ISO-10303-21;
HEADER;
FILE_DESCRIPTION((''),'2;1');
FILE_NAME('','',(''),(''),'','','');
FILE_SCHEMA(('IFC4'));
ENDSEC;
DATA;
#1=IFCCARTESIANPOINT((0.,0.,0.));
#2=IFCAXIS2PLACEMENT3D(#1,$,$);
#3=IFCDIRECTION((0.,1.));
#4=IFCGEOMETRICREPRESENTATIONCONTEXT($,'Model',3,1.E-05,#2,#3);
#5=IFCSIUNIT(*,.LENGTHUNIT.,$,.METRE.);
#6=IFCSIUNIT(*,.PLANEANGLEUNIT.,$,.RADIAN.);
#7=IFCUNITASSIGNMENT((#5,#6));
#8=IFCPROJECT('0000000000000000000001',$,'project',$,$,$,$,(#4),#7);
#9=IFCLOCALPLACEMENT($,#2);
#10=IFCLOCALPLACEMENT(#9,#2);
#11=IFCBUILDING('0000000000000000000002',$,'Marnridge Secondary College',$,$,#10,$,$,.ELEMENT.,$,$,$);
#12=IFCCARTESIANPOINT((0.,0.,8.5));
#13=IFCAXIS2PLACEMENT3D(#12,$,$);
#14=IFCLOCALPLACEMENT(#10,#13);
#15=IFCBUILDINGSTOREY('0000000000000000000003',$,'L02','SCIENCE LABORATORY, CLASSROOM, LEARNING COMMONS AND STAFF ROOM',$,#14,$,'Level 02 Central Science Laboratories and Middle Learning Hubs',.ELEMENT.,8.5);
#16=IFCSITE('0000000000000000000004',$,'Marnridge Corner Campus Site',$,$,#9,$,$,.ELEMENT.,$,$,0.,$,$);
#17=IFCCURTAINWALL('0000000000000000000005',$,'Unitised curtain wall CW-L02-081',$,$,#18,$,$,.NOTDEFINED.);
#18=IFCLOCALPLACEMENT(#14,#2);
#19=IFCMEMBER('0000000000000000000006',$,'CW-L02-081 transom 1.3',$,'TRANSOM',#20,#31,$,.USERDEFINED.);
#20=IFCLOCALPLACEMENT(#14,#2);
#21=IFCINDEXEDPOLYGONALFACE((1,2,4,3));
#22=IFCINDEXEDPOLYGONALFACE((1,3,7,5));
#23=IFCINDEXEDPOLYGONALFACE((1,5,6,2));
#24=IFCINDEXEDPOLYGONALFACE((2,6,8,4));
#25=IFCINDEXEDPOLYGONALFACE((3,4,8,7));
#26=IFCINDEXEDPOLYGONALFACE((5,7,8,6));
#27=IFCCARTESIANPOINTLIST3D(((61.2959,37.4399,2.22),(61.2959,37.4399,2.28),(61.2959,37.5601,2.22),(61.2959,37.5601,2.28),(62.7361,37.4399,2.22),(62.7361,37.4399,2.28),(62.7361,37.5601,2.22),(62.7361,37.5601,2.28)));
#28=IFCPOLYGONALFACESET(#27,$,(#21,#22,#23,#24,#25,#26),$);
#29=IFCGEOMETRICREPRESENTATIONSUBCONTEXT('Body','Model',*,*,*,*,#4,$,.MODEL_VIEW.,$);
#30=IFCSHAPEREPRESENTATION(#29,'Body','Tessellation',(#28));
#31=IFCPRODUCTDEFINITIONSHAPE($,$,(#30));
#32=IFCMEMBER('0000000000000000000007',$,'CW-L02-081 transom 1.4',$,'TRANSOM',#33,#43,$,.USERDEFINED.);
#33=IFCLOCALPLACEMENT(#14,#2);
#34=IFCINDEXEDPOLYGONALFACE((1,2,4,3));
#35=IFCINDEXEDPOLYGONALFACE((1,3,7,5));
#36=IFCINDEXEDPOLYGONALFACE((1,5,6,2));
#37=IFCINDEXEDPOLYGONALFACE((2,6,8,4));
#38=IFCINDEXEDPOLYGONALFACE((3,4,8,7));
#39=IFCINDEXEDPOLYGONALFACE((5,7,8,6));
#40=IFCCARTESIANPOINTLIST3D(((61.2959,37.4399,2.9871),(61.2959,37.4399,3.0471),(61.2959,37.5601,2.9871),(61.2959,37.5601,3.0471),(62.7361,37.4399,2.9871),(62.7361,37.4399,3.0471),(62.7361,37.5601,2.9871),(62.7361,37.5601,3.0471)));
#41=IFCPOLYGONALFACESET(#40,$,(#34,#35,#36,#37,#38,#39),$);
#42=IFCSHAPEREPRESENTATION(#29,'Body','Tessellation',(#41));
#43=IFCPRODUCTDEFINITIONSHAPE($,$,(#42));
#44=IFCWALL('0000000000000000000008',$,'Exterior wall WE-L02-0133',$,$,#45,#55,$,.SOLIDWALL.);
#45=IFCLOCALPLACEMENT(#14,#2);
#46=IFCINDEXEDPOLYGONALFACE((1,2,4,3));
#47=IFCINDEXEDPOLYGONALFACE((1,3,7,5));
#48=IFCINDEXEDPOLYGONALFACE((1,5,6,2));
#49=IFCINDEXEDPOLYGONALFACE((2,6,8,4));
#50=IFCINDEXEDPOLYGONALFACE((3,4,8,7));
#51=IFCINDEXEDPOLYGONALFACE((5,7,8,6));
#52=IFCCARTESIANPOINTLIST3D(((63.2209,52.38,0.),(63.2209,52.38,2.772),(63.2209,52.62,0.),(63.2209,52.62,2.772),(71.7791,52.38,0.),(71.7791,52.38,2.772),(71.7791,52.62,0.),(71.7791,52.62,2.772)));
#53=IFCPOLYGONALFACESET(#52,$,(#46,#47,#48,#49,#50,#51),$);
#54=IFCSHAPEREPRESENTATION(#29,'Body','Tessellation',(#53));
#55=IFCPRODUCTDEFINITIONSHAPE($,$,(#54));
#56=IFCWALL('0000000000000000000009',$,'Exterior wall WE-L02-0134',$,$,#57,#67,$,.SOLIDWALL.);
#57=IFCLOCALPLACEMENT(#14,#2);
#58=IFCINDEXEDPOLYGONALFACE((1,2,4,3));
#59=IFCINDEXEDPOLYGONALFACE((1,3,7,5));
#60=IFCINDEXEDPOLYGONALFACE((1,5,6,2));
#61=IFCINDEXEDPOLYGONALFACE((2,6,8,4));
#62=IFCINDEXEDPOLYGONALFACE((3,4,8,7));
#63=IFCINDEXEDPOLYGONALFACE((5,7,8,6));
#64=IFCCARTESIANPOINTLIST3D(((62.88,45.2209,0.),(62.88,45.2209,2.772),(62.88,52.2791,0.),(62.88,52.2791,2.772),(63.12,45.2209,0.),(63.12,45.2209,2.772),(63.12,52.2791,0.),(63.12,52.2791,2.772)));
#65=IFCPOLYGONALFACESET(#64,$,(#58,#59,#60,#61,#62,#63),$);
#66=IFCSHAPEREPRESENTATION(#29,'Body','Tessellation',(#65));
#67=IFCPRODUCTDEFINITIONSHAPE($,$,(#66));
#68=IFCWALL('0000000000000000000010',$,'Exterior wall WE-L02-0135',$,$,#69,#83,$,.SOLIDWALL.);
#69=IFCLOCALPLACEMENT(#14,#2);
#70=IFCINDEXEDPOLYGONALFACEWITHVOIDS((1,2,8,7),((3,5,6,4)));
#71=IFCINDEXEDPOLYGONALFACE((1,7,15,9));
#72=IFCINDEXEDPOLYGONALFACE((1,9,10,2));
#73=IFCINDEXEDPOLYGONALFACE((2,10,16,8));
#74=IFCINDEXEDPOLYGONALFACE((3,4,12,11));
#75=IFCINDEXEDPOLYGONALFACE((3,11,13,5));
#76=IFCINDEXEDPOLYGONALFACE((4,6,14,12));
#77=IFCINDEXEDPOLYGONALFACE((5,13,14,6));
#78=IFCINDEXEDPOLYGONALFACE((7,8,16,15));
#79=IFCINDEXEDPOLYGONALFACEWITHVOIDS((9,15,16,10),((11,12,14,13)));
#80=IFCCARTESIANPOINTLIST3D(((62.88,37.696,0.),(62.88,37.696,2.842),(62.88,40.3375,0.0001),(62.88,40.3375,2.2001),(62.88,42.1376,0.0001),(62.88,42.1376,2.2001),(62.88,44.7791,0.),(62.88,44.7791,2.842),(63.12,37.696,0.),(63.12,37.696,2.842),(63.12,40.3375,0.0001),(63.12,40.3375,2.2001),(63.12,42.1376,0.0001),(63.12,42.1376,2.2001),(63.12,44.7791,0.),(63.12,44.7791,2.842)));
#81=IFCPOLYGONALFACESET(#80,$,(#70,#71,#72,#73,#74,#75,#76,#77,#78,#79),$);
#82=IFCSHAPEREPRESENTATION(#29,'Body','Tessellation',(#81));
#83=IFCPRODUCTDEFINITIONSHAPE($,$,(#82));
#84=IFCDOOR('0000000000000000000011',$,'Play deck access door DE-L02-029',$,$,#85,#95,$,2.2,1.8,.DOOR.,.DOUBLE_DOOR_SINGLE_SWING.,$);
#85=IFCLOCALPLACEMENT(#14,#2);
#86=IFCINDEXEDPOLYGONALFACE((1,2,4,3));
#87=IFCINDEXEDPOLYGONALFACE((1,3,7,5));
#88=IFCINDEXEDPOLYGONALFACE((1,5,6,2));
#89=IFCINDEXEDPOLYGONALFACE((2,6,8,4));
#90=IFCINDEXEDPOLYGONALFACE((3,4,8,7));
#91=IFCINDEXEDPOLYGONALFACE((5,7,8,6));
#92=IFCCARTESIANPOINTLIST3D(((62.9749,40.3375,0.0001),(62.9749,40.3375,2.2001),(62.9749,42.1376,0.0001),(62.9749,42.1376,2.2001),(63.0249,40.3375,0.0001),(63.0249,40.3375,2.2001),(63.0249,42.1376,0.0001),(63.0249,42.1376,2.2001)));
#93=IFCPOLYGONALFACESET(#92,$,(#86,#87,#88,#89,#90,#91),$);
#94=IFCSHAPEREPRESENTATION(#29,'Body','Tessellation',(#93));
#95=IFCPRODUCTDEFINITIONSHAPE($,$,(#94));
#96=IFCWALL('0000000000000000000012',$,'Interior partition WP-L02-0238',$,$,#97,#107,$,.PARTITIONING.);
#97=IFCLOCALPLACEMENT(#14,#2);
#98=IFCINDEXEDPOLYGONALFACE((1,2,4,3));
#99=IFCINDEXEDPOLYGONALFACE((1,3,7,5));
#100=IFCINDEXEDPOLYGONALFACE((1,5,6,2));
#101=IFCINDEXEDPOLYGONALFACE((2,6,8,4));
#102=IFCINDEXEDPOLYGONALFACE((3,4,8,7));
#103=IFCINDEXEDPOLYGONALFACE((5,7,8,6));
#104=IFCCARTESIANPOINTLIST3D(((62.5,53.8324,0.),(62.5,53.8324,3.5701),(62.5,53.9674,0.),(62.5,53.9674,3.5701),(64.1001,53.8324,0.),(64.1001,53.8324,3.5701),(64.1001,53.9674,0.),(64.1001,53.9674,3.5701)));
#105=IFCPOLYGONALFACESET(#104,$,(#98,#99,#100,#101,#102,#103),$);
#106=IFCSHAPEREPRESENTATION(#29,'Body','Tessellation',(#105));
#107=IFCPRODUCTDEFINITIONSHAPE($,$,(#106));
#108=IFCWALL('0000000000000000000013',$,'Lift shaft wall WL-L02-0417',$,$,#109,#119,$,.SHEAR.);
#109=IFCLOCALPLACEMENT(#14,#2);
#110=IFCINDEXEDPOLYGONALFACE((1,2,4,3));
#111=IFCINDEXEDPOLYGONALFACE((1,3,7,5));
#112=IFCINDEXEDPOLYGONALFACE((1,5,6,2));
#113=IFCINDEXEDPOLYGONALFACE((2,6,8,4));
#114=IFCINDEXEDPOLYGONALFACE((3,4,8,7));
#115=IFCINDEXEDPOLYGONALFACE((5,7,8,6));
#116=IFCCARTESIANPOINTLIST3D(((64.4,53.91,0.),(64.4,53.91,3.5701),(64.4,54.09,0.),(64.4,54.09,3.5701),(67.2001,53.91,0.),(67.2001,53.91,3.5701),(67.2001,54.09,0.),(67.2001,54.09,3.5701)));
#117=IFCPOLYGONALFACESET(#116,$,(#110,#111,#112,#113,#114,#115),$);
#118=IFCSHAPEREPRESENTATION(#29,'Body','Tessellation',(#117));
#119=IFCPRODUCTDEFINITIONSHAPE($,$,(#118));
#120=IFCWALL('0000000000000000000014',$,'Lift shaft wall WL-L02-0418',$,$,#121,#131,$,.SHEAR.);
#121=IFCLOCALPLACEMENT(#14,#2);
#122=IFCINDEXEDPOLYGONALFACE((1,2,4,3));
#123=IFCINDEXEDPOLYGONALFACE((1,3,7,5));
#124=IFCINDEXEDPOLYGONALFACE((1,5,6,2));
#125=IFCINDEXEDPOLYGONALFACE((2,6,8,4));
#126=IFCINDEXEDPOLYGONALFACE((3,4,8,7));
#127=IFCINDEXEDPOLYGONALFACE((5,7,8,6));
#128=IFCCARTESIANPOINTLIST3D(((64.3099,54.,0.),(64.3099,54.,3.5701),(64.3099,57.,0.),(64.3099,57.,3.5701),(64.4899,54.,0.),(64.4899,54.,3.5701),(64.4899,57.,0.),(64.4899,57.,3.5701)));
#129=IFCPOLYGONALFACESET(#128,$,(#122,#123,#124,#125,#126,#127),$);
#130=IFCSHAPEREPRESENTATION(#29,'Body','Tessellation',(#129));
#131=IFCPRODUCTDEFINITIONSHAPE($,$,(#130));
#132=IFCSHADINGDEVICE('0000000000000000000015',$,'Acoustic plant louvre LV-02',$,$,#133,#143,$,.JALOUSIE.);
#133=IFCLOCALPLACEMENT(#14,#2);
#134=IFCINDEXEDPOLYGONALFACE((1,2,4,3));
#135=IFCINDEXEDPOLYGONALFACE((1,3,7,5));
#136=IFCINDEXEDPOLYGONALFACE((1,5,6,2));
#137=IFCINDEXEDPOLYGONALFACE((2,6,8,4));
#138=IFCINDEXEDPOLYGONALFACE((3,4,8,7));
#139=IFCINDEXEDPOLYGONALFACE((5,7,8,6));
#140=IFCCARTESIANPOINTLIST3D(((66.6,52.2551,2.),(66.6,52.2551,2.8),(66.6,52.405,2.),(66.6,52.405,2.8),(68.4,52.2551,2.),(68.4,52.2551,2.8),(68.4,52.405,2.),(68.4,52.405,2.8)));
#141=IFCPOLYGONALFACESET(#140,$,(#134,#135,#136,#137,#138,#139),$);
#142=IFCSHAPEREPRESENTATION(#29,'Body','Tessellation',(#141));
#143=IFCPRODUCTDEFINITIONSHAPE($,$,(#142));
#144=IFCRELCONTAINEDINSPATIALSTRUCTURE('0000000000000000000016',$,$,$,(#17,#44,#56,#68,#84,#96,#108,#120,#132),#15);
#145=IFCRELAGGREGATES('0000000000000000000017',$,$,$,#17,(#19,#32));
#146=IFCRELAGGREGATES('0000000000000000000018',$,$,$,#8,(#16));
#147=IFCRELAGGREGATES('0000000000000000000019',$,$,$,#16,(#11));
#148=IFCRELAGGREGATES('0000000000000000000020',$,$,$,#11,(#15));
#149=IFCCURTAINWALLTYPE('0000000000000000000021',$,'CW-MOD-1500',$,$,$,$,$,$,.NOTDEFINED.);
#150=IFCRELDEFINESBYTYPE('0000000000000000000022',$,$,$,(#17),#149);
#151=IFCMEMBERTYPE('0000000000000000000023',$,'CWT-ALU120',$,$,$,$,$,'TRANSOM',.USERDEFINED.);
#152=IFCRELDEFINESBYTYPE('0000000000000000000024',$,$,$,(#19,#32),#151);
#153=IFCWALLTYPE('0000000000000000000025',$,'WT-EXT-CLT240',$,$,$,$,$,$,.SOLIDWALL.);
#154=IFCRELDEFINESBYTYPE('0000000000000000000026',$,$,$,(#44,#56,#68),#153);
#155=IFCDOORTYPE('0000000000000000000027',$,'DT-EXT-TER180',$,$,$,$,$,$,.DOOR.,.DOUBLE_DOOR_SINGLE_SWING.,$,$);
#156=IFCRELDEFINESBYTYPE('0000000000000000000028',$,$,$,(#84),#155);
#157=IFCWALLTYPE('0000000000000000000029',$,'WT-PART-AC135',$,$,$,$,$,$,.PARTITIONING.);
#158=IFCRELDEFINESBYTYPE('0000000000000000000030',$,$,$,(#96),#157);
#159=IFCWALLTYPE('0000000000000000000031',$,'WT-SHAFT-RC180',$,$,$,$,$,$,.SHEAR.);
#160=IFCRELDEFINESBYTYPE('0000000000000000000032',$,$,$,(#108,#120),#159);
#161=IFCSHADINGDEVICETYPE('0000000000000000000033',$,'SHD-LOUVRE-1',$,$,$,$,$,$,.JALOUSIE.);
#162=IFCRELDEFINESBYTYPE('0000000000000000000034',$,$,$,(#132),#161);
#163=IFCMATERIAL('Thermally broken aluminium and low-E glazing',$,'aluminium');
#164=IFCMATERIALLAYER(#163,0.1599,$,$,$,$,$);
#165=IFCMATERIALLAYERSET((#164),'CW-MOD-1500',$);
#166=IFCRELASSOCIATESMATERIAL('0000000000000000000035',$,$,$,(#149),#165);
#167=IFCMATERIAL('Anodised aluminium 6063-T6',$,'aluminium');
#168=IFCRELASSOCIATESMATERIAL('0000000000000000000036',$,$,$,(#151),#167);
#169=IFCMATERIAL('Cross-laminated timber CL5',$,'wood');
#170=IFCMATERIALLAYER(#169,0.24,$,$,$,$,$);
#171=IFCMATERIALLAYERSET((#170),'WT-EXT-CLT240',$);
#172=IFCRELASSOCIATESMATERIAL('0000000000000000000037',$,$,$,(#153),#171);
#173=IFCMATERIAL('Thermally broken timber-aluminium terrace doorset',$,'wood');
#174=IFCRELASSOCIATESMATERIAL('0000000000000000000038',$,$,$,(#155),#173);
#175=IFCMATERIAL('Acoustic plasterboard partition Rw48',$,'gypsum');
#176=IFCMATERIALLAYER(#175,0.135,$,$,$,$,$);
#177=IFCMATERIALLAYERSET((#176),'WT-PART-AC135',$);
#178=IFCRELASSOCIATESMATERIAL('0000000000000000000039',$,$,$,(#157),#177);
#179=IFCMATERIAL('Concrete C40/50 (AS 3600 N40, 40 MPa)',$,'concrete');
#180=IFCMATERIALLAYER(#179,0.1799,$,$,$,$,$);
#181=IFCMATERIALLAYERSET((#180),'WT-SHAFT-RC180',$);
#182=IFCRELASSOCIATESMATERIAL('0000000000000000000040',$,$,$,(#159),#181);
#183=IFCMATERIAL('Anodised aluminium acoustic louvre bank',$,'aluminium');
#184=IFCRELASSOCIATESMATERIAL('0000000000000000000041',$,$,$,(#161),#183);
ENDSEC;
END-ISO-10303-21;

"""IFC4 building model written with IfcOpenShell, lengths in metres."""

from ifc_helpers import new_model, si_unit, direction, frame, frame_2d, origin, origin_2d, place, context, subcontext, project, spatial, rectangle, extrude, material, layer, layer_set, material_profile, profile_set, type_object, element, fill, aggregate, save


model = new_model("IFC4")

# Units and contexts
model_context = context("Model", 3, precision=1e-05, world=origin(), true_north=direction((0.0, 1.0)))
body_context = subcontext(model_context, "Body", "Model", "MODEL_VIEW")
ifc_project = project(units=[si_unit("LENGTHUNIT", "METRE"), si_unit("PLANEANGLEUNIT", "RADIAN")], contexts=[model_context])

# Site, building, storey
site_placement = place(None, origin())
site = spatial("IfcSite", under=ifc_project, at=site_placement, Name="Marnridge Corner Campus Site", CompositionType="ELEMENT", RefElevation=0.0)
building_placement = place(site_placement, origin())
building = spatial("IfcBuilding", under=site, at=building_placement, Name="Marnridge Secondary College", CompositionType="ELEMENT")
storey_placement = place(building_placement, frame((0.0, 0.0, 8.5)))
storey = spatial("IfcBuildingStorey", under=building, at=storey_placement, Name="L02", Description="SCIENCE LABORATORY, CLASSROOM, LEARNING COMMONS AND STAFF ROOM", LongName="Level 02 Central Science Laboratories and Middle Learning Hubs", CompositionType="ELEMENT", Elevation=8.5)

# Curtain wall, members
ifc_material_1 = material(Name="Thermally broken aluminium and low-E glazing", Category="aluminium")
ifc_layer_1 = layer(ifc_material_1, 0.1599)
ifc_layer_set_1 = layer_set([ifc_layer_1], Name="CW-MOD-1500")
curtain_wall_type = type_object("IfcCurtainWallType", Name="CW-MOD-1500", PredefinedType="NOTDEFINED", material=ifc_layer_set_1)
curtain_wall_placement = place(storey_placement, origin())
curtain_wall = element("IfcCurtainWall", 1, at=curtain_wall_placement, inside=storey, type_object=curtain_wall_type, Name="Unitised curtain wall CW-L02-081", PredefinedType="NOTDEFINED")
ifc_material_2 = material(Name="Anodised aluminium 6063-T6", Category="aluminium")
ifc_material_profile_1 = material_profile(ifc_material_2, rectangle(XDim=0.0601, YDim=0.1201, at=origin_2d()), Name="ALU 60x120")
ifc_profile_set_1 = profile_set([ifc_material_profile_1], Name="Anodised aluminium 6063-T6")
member_type_1 = type_object("IfcMemberType", Name="CWT-ALU120", ElementType="TRANSOM", PredefinedType="USERDEFINED", material=ifc_profile_set_1)
member_1_placement = place(storey_placement, frame((62.7361, 37.5, 2.25), z_axis=(-1.0, 0.0, 0.0), x_axis=(0.0, 0.0, 1.0)))
member_1 = element("IfcMember", 2, at=member_1_placement, type_object=member_type_1, Name="CW-L02-081 transom 1.3", ObjectType="TRANSOM", PredefinedType="USERDEFINED", context=body_context, shape_type="SweptSolid", body=[
    extrude(rectangle(XDim=0.0601, YDim=0.1201, at=origin_2d()), origin(), (0.0, 0.0, 1.0), 1.4402),
])
member_2_placement = place(storey_placement, frame((62.7361, 37.5, 3.0171), z_axis=(-1.0, 0.0, 0.0), x_axis=(0.0, 0.0, 1.0)))
member_2 = element("IfcMember", 3, at=member_2_placement, type_object=member_type_1, Name="CW-L02-081 transom 1.4", ObjectType="TRANSOM", PredefinedType="USERDEFINED", context=body_context, shape_type="SweptSolid", body=[
    extrude(rectangle(XDim=0.0601, YDim=0.1201, at=origin_2d()), origin(), (0.0, 0.0, 1.0), 1.4402),
])
aggregate(curtain_wall, [member_1, member_2])

# Walls
ifc_material_3 = material(Name="Cross-laminated timber CL5", Category="wood")
ifc_layer_2 = layer(ifc_material_3, 0.24)
ifc_layer_set_2 = layer_set([ifc_layer_2], Name="WT-EXT-CLT240")
wall_type_1 = type_object("IfcWallType", Name="WT-EXT-CLT240", PredefinedType="SOLIDWALL", material=ifc_layer_set_2)
wall_1_placement = place(storey_placement, frame((71.7791, 52.5, 0.0), z_axis=(0.0, 0.0, 1.0), x_axis=(-1.0, 0.0, 0.0)))
element("IfcWall", 4, at=wall_1_placement, inside=storey, type_object=wall_type_1, Name="Exterior wall WE-L02-0133", PredefinedType="SOLIDWALL", context=body_context, shape_type="SweptSolid", body=[
    extrude(rectangle(XDim=8.5581, YDim=0.24, at=frame_2d((4.2791, 0.0))), origin(), (0.0, 0.0, 1.0), 2.772),
])
wall_2_placement = place(storey_placement, frame((63.0, 52.2791, 0.0), z_axis=(0.0, 0.0, 1.0), x_axis=(0.0, -1.0, 0.0)))
element("IfcWall", 5, at=wall_2_placement, inside=storey, type_object=wall_type_1, Name="Exterior wall WE-L02-0134", PredefinedType="SOLIDWALL", context=body_context, shape_type="SweptSolid", body=[
    extrude(rectangle(XDim=7.0581, YDim=0.24, at=frame_2d((3.5291, 0.0))), origin(), (0.0, 0.0, 1.0), 2.772),
])

# Wall, opening, door
wall_3_placement = place(storey_placement, frame((63.0, 44.7791, 0.0), z_axis=(0.0, 0.0, 1.0), x_axis=(0.0, -1.0, 0.0)))
wall_3 = element("IfcWall", 6, at=wall_3_placement, inside=storey, type_object=wall_type_1, Name="Exterior wall WE-L02-0135", PredefinedType="SOLIDWALL", context=body_context, shape_type="SweptSolid", body=[
    extrude(rectangle(XDim=7.083, YDim=0.24, at=frame_2d((3.5415, 0.0))), origin(), (0.0, 0.0, 1.0), 2.842),
])
opening_placement = place(wall_3_placement, frame((2.6416, 0.0, 0.0)))
opening = element("IfcOpeningElement", 7, at=opening_placement, cuts=wall_3, PredefinedType="OPENING", context=body_context, shape_type="SweptSolid", body=[
    extrude(rectangle(XDim=1.8, YDim=2.2, at=frame_2d((0.8999, 1.1001))), frame((0.0, 0.1299, 0.0), z_axis=(0.0, -1.0, 0.0), x_axis=(1.0, 0.0, 0.0)), (0.0, 0.0, 1.0), 0.26),
])
ifc_material_4 = material(Name="Thermally broken timber-aluminium terrace doorset", Category="wood")
door_type = type_object("IfcDoorType", Name="DT-EXT-TER180", OperationType="DOUBLE_DOOR_SINGLE_SWING", PredefinedType="DOOR", material=ifc_material_4)
door_placement = place(opening_placement, origin())
door = element("IfcDoor", 8, at=door_placement, inside=storey, type_object=door_type, Name="Play deck access door DE-L02-029", OperationType="DOUBLE_DOOR_SINGLE_SWING", OverallHeight=2.2, OverallWidth=1.8, PredefinedType="DOOR", context=body_context, shape_type="SweptSolid", body=[
    extrude(rectangle(XDim=1.8, YDim=2.2, at=frame_2d((0.8999, 1.1001))), frame((0.0, 0.0249, 0.0), z_axis=(0.0, -1.0, 0.0), x_axis=(1.0, 0.0, 0.0)), (0.0, 0.0, 1.0), 0.05),
])
fill(opening, door)

# Walls
ifc_material_5 = material(Name="Acoustic plasterboard partition Rw48", Category="gypsum")
ifc_layer_3 = layer(ifc_material_5, 0.135)
ifc_layer_set_3 = layer_set([ifc_layer_3], Name="WT-PART-AC135")
wall_type_2 = type_object("IfcWallType", Name="WT-PART-AC135", PredefinedType="PARTITIONING", material=ifc_layer_set_3)
wall_4_placement = place(storey_placement, frame((64.1001, 53.8999, 0.0), z_axis=(0.0, 0.0, 1.0), x_axis=(-1.0, 0.0, 0.0)))
element("IfcWall", 9, at=wall_4_placement, inside=storey, type_object=wall_type_2, Name="Interior partition WP-L02-0238", PredefinedType="PARTITIONING", context=body_context, shape_type="SweptSolid", body=[
    extrude(rectangle(XDim=1.6001, YDim=0.135, at=frame_2d((0.8, 0.0))), origin(), (0.0, 0.0, 1.0), 3.5701),
])
ifc_material_6 = material(Name="Concrete C40/50 (AS 3600 N40, 40 MPa)", Category="concrete")
ifc_layer_4 = layer(ifc_material_6, 0.1799)
ifc_layer_set_4 = layer_set([ifc_layer_4], Name="WT-SHAFT-RC180")
wall_type_3 = type_object("IfcWallType", Name="WT-SHAFT-RC180", PredefinedType="SHEAR", material=ifc_layer_set_4)
wall_5_placement = place(storey_placement, frame((67.2, 54.0, 0.0), z_axis=(0.0, 0.0, 1.0), x_axis=(-1.0, 0.0, 0.0)))
element("IfcWall", 10, at=wall_5_placement, inside=storey, type_object=wall_type_3, Name="Lift shaft wall WL-L02-0417", PredefinedType="SHEAR", context=body_context, shape_type="SweptSolid", body=[
    extrude(rectangle(XDim=2.8, YDim=0.1799, at=frame_2d((1.3999, 0.0))), origin(), (0.0, 0.0, 1.0), 3.5701),
])
wall_6_placement = place(storey_placement, frame((64.3999, 54.0, 0.0), z_axis=(0.0, 0.0, 1.0), x_axis=(0.0, 1.0, 0.0)))
element("IfcWall", 11, at=wall_6_placement, inside=storey, type_object=wall_type_3, Name="Lift shaft wall WL-L02-0418", PredefinedType="SHEAR", context=body_context, shape_type="SweptSolid", body=[
    extrude(rectangle(XDim=3.0, YDim=0.1799, at=frame_2d((1.5, 0.0))), origin(), (0.0, 0.0, 1.0), 3.5701),
])

# Shading device
ifc_material_7 = material(Name="Anodised aluminium acoustic louvre bank", Category="aluminium")
shading_device_type = type_object("IfcShadingDeviceType", Name="SHD-LOUVRE-1", PredefinedType="JALOUSIE", material=ifc_material_7)
shading_device_placement = place(storey_placement, frame((67.5, 52.3301, 2.0), z_axis=(0.0, 0.0, 1.0), x_axis=(1.0, 0.0, 0.0)))
element("IfcShadingDevice", 12, at=shading_device_placement, inside=storey, type_object=shading_device_type, Name="Acoustic plant louvre LV-02", PredefinedType="JALOUSIE", context=body_context, shape_type="SweptSolid", body=[
    extrude(rectangle(XDim=1.8, YDim=0.1499, at=origin_2d()), origin(), (0.0, 0.0, 1.0), 0.8),
])

save(model, "model.ifc")
